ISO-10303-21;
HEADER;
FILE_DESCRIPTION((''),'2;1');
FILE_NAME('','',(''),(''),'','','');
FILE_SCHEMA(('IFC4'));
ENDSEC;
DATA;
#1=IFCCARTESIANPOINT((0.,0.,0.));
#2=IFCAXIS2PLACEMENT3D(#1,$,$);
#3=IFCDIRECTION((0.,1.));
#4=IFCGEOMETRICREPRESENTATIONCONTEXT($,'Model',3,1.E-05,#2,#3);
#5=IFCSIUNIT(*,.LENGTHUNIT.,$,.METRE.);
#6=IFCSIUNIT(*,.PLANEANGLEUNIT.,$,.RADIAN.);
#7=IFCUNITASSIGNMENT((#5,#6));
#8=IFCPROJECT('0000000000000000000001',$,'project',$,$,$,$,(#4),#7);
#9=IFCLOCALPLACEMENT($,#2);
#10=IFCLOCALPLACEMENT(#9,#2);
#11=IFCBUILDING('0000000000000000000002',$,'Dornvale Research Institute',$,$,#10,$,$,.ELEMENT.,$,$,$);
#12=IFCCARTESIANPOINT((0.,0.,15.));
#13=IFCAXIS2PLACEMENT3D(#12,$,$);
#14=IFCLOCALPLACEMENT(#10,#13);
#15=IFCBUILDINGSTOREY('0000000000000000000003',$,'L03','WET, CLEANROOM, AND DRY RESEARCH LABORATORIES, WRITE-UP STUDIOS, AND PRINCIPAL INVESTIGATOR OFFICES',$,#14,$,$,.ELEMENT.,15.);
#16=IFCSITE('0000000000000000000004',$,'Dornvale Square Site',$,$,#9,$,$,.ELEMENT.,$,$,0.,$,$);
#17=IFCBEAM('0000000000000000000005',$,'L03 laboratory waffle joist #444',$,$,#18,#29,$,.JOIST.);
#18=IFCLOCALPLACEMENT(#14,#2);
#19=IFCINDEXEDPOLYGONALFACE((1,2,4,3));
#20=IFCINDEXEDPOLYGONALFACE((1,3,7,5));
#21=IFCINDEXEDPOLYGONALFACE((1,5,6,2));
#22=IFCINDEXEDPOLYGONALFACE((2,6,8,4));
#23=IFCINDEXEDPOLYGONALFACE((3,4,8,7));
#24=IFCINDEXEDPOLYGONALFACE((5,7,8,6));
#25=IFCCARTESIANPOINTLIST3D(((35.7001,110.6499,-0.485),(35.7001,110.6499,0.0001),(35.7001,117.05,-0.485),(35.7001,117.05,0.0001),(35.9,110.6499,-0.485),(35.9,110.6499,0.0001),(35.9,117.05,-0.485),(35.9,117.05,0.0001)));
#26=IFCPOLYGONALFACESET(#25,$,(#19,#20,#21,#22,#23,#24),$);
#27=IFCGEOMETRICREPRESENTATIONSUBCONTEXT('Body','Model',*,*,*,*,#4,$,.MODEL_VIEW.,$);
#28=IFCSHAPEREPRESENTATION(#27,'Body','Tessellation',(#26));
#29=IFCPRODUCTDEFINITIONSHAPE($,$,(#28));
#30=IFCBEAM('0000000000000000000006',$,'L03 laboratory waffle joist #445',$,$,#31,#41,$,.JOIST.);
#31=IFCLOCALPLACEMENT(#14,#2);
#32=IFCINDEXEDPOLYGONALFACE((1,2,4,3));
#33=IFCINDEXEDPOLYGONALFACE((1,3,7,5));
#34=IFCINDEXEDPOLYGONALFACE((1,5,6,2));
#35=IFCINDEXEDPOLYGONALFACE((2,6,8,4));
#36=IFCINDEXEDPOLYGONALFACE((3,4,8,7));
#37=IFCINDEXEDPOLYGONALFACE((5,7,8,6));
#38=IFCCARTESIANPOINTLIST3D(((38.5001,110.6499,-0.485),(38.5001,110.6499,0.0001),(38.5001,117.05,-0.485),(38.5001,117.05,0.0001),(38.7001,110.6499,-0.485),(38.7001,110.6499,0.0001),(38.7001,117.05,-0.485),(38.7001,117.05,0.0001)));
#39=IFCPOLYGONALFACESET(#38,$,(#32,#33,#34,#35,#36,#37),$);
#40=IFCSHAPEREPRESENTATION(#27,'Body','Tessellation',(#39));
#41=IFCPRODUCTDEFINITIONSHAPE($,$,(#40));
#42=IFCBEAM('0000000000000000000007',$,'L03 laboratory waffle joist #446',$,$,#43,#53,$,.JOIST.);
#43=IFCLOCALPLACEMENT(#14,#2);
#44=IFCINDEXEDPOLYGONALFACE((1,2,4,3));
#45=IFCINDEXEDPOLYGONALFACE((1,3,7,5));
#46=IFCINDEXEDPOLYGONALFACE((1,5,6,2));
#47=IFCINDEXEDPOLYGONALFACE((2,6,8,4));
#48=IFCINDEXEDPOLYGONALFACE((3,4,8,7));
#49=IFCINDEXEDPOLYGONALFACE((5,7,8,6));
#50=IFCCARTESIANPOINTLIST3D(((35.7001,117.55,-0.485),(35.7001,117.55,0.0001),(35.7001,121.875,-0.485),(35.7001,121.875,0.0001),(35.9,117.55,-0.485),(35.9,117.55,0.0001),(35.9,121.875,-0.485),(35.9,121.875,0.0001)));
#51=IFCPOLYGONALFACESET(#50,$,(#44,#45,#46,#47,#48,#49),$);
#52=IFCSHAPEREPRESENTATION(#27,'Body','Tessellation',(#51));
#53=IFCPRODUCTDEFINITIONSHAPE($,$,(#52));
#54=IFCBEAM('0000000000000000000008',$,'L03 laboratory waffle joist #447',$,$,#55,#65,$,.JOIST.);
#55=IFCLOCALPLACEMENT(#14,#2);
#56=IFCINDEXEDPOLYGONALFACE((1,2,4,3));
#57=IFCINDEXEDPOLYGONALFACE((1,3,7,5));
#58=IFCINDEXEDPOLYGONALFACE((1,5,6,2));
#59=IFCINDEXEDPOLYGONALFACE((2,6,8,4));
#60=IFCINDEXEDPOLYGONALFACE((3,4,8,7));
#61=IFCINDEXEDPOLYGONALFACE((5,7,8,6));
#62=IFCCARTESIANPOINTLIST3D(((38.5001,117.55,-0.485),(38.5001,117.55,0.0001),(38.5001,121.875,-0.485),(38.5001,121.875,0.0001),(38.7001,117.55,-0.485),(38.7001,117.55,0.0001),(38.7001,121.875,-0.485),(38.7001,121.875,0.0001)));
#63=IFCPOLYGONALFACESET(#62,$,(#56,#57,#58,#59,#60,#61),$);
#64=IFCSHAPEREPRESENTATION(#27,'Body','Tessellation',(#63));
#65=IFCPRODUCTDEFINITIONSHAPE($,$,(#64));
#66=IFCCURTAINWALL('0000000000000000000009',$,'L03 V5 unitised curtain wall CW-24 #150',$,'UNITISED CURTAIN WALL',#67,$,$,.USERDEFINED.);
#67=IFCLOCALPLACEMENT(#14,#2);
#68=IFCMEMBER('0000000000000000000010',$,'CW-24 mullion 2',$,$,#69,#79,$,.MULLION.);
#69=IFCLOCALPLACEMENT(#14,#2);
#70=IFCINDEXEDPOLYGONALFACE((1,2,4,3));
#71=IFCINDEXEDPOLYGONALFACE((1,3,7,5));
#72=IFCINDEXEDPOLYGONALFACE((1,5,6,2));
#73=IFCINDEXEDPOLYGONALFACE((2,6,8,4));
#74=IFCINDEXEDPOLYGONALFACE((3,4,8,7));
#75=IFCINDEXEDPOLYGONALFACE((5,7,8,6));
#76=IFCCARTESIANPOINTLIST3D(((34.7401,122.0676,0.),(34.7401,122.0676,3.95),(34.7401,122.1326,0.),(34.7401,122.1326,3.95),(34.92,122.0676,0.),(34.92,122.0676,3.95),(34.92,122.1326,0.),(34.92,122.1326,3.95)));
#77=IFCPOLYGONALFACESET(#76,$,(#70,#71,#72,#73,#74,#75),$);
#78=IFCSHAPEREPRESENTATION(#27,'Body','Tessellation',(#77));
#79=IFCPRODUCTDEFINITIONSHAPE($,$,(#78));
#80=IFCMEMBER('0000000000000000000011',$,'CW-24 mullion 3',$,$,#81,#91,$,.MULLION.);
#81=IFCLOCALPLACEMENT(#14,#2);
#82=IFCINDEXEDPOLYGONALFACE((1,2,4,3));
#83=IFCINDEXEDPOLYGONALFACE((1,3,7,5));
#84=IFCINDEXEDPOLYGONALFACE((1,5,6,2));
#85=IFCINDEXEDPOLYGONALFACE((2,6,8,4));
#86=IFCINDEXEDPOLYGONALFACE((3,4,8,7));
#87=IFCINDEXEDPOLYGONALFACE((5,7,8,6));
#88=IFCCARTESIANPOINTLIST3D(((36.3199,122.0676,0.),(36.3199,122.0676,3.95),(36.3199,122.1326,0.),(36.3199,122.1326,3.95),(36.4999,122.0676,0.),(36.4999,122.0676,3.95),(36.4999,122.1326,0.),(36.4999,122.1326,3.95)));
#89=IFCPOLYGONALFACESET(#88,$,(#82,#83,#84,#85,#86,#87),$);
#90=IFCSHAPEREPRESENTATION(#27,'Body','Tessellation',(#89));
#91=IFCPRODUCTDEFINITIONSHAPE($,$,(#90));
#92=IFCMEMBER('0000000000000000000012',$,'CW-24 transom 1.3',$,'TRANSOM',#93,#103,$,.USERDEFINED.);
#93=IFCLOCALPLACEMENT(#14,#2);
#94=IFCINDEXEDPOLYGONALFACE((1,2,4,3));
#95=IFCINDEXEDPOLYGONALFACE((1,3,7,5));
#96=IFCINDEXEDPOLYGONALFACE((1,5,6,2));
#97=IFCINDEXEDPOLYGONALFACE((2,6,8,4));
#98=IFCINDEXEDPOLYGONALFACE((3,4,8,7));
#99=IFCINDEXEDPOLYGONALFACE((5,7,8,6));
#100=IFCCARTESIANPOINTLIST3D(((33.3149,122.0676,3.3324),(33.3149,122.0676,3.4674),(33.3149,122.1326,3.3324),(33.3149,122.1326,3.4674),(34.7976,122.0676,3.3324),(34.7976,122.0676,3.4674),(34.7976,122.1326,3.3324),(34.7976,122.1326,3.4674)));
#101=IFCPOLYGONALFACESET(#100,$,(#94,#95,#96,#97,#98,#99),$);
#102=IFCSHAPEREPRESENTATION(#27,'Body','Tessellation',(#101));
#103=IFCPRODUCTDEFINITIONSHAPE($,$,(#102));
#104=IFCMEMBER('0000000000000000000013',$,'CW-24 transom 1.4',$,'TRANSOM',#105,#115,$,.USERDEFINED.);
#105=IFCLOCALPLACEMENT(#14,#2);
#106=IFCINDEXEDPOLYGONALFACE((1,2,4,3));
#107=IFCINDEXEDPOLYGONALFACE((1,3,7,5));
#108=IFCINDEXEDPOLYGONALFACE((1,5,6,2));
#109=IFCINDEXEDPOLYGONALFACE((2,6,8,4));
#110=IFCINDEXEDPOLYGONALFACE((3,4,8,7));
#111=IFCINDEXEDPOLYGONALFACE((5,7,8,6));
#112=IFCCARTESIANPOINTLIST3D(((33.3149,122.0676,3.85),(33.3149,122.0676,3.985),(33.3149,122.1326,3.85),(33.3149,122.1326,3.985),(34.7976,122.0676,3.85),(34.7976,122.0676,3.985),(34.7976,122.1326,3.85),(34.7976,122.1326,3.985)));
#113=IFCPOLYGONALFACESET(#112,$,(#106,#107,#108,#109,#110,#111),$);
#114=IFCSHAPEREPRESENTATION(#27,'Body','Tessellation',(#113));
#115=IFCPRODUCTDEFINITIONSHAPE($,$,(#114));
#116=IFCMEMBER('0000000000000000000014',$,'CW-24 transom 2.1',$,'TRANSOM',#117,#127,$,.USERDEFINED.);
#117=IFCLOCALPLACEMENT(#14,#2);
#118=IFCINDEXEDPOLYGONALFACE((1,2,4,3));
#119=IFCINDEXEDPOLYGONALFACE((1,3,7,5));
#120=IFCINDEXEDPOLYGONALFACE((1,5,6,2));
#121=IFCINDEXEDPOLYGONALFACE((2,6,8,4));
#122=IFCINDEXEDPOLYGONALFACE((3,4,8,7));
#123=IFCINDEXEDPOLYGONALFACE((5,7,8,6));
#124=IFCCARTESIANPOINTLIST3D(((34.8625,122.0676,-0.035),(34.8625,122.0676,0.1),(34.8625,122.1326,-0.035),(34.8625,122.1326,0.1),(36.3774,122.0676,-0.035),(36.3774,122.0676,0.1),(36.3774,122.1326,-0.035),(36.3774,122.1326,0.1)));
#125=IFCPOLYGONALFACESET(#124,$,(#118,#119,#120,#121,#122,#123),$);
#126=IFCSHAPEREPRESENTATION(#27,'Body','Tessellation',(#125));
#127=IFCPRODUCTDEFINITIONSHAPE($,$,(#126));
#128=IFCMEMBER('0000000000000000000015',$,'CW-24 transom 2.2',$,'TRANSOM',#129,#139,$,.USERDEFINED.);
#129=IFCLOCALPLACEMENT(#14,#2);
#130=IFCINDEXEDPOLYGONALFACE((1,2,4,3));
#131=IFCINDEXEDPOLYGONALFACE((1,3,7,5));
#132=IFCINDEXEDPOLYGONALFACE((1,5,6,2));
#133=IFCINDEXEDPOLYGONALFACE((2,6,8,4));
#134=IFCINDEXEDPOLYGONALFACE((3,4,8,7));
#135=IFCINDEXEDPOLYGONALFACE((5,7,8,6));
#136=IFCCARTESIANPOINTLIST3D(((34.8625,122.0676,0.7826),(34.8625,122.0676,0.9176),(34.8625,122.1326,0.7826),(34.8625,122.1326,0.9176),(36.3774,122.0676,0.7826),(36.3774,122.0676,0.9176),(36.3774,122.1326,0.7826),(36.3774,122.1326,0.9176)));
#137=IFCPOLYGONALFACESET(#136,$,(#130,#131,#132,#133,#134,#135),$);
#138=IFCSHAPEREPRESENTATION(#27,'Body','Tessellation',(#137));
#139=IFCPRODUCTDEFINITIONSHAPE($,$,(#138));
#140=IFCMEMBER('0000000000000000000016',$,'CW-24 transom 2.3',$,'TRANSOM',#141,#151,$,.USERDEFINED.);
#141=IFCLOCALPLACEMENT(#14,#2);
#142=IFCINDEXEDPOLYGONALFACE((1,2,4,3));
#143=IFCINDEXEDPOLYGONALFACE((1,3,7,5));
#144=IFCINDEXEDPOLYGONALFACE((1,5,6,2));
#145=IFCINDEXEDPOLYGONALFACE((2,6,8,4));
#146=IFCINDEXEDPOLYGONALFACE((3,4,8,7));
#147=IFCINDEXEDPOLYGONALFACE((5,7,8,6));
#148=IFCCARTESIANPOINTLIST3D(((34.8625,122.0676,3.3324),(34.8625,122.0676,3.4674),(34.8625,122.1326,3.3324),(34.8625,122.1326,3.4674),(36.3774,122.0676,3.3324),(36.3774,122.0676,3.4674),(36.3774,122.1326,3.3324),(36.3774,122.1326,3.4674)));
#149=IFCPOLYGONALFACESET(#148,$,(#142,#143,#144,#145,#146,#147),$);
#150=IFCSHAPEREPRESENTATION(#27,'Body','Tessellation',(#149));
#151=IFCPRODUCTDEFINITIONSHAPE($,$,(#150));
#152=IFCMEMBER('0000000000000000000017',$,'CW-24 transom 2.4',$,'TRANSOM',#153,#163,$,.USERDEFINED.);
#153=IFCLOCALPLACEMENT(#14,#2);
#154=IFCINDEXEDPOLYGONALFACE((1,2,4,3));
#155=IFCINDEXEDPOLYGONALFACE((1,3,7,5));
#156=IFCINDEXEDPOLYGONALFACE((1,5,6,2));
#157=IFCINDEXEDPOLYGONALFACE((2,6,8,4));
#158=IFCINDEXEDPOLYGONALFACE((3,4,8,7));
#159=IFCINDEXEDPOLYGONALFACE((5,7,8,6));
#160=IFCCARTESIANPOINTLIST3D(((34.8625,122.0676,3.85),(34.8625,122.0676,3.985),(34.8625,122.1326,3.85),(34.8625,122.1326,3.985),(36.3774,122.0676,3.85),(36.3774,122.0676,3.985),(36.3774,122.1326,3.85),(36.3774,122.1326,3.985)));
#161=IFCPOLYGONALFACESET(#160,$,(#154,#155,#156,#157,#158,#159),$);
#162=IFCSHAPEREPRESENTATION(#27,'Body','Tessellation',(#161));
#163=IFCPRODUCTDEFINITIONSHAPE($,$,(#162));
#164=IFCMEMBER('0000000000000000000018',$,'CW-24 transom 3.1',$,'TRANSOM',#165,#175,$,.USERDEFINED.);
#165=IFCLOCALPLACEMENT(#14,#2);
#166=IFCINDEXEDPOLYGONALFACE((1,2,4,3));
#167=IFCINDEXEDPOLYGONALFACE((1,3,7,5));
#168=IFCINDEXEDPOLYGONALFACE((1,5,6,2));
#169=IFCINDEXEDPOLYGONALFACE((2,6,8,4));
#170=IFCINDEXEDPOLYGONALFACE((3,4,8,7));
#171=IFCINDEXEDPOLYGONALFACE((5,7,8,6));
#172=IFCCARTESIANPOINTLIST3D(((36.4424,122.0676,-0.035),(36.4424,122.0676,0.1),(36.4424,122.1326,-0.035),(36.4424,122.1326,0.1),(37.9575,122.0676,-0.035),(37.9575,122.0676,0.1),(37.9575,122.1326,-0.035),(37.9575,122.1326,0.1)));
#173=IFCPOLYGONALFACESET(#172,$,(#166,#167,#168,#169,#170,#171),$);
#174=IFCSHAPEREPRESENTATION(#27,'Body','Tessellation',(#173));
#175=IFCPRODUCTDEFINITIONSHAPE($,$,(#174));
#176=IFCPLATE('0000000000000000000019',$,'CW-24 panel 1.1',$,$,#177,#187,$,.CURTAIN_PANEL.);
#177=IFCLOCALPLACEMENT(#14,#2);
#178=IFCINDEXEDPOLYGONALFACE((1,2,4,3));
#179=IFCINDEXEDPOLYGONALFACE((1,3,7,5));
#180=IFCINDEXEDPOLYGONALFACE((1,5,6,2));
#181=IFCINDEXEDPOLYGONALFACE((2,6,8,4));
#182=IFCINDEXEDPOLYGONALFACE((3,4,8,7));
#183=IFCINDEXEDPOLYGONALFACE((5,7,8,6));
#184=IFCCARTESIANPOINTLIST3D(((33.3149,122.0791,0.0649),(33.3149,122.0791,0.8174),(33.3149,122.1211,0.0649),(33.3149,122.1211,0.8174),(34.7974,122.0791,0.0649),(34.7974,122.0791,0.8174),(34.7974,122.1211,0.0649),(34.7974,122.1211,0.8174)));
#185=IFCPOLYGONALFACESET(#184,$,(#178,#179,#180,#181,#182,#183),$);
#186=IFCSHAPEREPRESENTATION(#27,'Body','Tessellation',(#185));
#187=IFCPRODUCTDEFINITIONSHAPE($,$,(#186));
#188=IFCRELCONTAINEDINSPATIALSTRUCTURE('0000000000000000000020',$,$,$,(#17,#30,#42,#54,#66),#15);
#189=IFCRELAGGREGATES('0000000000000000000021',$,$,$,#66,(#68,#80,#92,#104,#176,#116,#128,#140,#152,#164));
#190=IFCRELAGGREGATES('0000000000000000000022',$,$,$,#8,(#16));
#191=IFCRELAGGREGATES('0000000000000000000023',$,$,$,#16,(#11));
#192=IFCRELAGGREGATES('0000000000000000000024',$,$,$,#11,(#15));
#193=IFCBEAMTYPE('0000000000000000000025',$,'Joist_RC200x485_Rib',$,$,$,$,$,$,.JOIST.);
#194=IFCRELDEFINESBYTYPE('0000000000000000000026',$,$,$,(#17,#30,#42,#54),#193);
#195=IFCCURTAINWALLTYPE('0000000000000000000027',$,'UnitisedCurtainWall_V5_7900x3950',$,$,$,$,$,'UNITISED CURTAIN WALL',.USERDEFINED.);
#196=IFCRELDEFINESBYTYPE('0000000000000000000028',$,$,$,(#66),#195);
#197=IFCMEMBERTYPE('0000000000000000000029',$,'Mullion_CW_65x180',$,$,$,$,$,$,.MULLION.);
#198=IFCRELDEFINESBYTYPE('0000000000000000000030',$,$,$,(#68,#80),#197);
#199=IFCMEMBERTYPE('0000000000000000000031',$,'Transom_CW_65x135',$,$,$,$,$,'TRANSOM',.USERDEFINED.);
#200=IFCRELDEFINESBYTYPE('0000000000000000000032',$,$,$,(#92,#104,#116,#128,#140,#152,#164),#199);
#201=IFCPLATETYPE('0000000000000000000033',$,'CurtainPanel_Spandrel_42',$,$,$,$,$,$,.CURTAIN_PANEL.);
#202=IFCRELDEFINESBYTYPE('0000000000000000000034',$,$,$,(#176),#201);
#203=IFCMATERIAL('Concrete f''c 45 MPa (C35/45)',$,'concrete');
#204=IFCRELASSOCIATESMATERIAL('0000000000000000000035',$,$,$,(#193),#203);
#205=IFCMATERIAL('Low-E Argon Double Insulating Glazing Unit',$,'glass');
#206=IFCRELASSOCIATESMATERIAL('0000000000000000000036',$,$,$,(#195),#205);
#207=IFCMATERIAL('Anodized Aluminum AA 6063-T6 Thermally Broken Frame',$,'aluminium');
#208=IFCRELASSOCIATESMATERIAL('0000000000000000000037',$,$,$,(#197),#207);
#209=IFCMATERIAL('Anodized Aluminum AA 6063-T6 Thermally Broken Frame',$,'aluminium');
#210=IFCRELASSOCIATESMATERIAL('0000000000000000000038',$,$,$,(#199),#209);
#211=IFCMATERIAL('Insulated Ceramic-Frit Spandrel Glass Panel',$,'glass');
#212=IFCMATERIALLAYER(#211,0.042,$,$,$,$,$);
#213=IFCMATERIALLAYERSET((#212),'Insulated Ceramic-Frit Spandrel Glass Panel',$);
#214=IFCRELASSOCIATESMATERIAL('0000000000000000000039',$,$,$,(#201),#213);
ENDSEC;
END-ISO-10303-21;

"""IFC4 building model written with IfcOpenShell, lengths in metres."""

from ifc_helpers import new_model, si_unit, direction, frame, origin, origin_2d, place, context, subcontext, project, spatial, rectangle, extrude, material, layer, layer_set, material_profile, profile_set, type_object, element, aggregate, save


model = new_model("IFC4")

# Units and contexts
model_context = context("Model", 3, precision=1e-05, world=origin(), true_north=direction((0.0, 1.0)))
body_context = subcontext(model_context, "Body", "Model", "MODEL_VIEW")
ifc_project = project(units=[si_unit("LENGTHUNIT", "METRE"), si_unit("PLANEANGLEUNIT", "RADIAN")], contexts=[model_context])

# Site, building, storey
site_placement = place(None, origin())
site = spatial("IfcSite", under=ifc_project, at=site_placement, Name="Dornvale Square Site", CompositionType="ELEMENT", RefElevation=0.0)
building_placement = place(site_placement, origin())
building = spatial("IfcBuilding", under=site, at=building_placement, Name="Dornvale Research Institute", CompositionType="ELEMENT")
storey_placement = place(building_placement, frame((0.0, 0.0, 15.0)))
storey = spatial("IfcBuildingStorey", under=building, at=storey_placement, Name="L03", Description="WET, CLEANROOM, AND DRY RESEARCH LABORATORIES, WRITE-UP STUDIOS, AND PRINCIPAL INVESTIGATOR OFFICES", CompositionType="ELEMENT", Elevation=15.0)

# Beams
ifc_material_1 = material(Name="Concrete f'c 45 MPa (C35/45)", Category="concrete")
ifc_material_profile_1 = material_profile(ifc_material_1, rectangle(XDim=0.2, YDim=0.4851, at=origin_2d()), Name="RC 200x485")
ifc_profile_set_1 = profile_set([ifc_material_profile_1], Name="Concrete f'c 45 MPa (C35/45)")
beam_type = type_object("IfcBeamType", Name="Joist_RC200x485_Rib", PredefinedType="JOIST", material=ifc_profile_set_1)
for number, where, z_axis, x_axis, name in (
    (1, (35.8, 110.6499, -0.2424), (0.0, 1.0, 0.0), (-1.0, 0.0, 0.0), "L03 laboratory waffle joist #444"),
    (2, (38.6001, 110.6499, -0.2424), (0.0, 1.0, 0.0), (-1.0, 0.0, 0.0), "L03 laboratory waffle joist #445"),
):
    element("IfcBeam", number, at=place(storey_placement, frame(where, z_axis=z_axis, x_axis=x_axis)), inside=storey, type_object=beam_type, Name=name, PredefinedType="JOIST", context=body_context, shape_type="SweptSolid", body=[
        extrude(rectangle(XDim=0.2, YDim=0.4851, at=origin_2d()), origin(), (0.0, 0.0, 1.0), 6.4001),
    ])
for number, where, z_axis, x_axis, name in (
    (3, (35.8, 117.55, -0.2424), (0.0, 1.0, 0.0), (-1.0, 0.0, 0.0), "L03 laboratory waffle joist #446"),
    (4, (38.6001, 117.55, -0.2424), (0.0, 1.0, 0.0), (-1.0, 0.0, 0.0), "L03 laboratory waffle joist #447"),
):
    element("IfcBeam", number, at=place(storey_placement, frame(where, z_axis=z_axis, x_axis=x_axis)), inside=storey, type_object=beam_type, Name=name, PredefinedType="JOIST", context=body_context, shape_type="SweptSolid", body=[
        extrude(rectangle(XDim=0.2, YDim=0.4851, at=origin_2d()), origin(), (0.0, 0.0, 1.0), 4.325),
    ])

# Curtain wall, members, plate
ifc_material_2 = material(Name="Low-E Argon Double Insulating Glazing Unit", Category="glass")
curtain_wall_type = type_object("IfcCurtainWallType", Name="UnitisedCurtainWall_V5_7900x3950", ElementType="UNITISED CURTAIN WALL", PredefinedType="USERDEFINED", material=ifc_material_2)
curtain_wall_placement = place(storey_placement, origin())
curtain_wall = element("IfcCurtainWall", 5, at=curtain_wall_placement, inside=storey, type_object=curtain_wall_type, Name="L03 V5 unitised curtain wall CW-24 #150", ObjectType="UNITISED CURTAIN WALL", PredefinedType="USERDEFINED")
ifc_material_3 = material(Name="Anodized Aluminum AA 6063-T6 Thermally Broken Frame", Category="aluminium")
ifc_material_profile_2 = material_profile(ifc_material_3, rectangle(XDim=0.0649, YDim=0.1799, at=origin_2d()), Name="ALU MULLION 65x180")
ifc_profile_set_2 = profile_set([ifc_material_profile_2], Name="Anodized Aluminum AA 6063-T6 Thermally Broken Frame")
member_type_1 = type_object("IfcMemberType", Name="Mullion_CW_65x180", PredefinedType="MULLION", material=ifc_profile_set_2)
member_1_placement = place(storey_placement, frame((34.8301, 122.1001, 0.0), z_axis=(0.0, 0.0, 1.0), x_axis=(0.0, 1.0, 0.0)))
member_1 = element("IfcMember", 6, at=member_1_placement, type_object=member_type_1, Name="CW-24 mullion 2", PredefinedType="MULLION", context=body_context, shape_type="SweptSolid", body=[
    extrude(rectangle(XDim=0.0649, YDim=0.1799, at=origin_2d()), origin(), (0.0, 0.0, 1.0), 3.95),
])
member_2_placement = place(storey_placement, frame((36.4099, 122.1001, 0.0), z_axis=(0.0, 0.0, 1.0), x_axis=(0.0, 1.0, 0.0)))
member_2 = element("IfcMember", 7, at=member_2_placement, type_object=member_type_1, Name="CW-24 mullion 3", PredefinedType="MULLION", context=body_context, shape_type="SweptSolid", body=[
    extrude(rectangle(XDim=0.0649, YDim=0.1799, at=origin_2d()), origin(), (0.0, 0.0, 1.0), 3.95),
])
ifc_material_4 = material(Name="Anodized Aluminum AA 6063-T6 Thermally Broken Frame", Category="aluminium")
ifc_material_profile_3 = material_profile(ifc_material_4, rectangle(XDim=0.0649, YDim=0.135, at=origin_2d()), Name="ALU TRANSOM 65x135")
ifc_profile_set_3 = profile_set([ifc_material_profile_3], Name="Anodized Aluminum AA 6063-T6 Thermally Broken Frame")
member_type_2 = type_object("IfcMemberType", Name="Transom_CW_65x135", ElementType="TRANSOM", PredefinedType="USERDEFINED", material=ifc_profile_set_3)
member_3_placement = place(storey_placement, frame((33.3149, 122.1001, 3.3999), z_axis=(1.0, 0.0, 0.0), x_axis=(0.0, 1.0, 0.0)))
member_3 = element("IfcMember", 8, at=member_3_placement, type_object=member_type_2, Name="CW-24 transom 1.3", ObjectType="TRANSOM", PredefinedType="USERDEFINED", context=body_context, shape_type="SweptSolid", body=[
    extrude(rectangle(XDim=0.0649, YDim=0.135, at=origin_2d()), origin(), (0.0, 0.0, 1.0), 1.4827),
])
member_4_placement = place(storey_placement, frame((33.3149, 122.1001, 3.9175), z_axis=(1.0, 0.0, 0.0), x_axis=(0.0, 1.0, 0.0)))
member_4 = element("IfcMember", 9, at=member_4_placement, type_object=member_type_2, Name="CW-24 transom 1.4", ObjectType="TRANSOM", PredefinedType="USERDEFINED", context=body_context, shape_type="SweptSolid", body=[
    extrude(rectangle(XDim=0.0649, YDim=0.135, at=origin_2d()), origin(), (0.0, 0.0, 1.0), 1.4827),
])
member_5_placement = place(storey_placement, frame((34.8625, 122.1001, 0.0325), z_axis=(1.0, 0.0, 0.0), x_axis=(0.0, 1.0, 0.0)))
member_5 = element("IfcMember", 10, at=member_5_placement, type_object=member_type_2, Name="CW-24 transom 2.1", ObjectType="TRANSOM", PredefinedType="USERDEFINED", context=body_context, shape_type="SweptSolid", body=[
    extrude(rectangle(XDim=0.0649, YDim=0.135, at=origin_2d()), origin(), (0.0, 0.0, 1.0), 1.5149),
])
member_6_placement = place(storey_placement, frame((34.8625, 122.1001, 0.8501), z_axis=(1.0, 0.0, 0.0), x_axis=(0.0, 1.0, 0.0)))
member_6 = element("IfcMember", 11, at=member_6_placement, type_object=member_type_2, Name="CW-24 transom 2.2", ObjectType="TRANSOM", PredefinedType="USERDEFINED", context=body_context, shape_type="SweptSolid", body=[
    extrude(rectangle(XDim=0.0649, YDim=0.135, at=origin_2d()), origin(), (0.0, 0.0, 1.0), 1.5149),
])
member_7_placement = place(storey_placement, frame((34.8625, 122.1001, 3.3999), z_axis=(1.0, 0.0, 0.0), x_axis=(0.0, 1.0, 0.0)))
member_7 = element("IfcMember", 12, at=member_7_placement, type_object=member_type_2, Name="CW-24 transom 2.3", ObjectType="TRANSOM", PredefinedType="USERDEFINED", context=body_context, shape_type="SweptSolid", body=[
    extrude(rectangle(XDim=0.0649, YDim=0.135, at=origin_2d()), origin(), (0.0, 0.0, 1.0), 1.5149),
])
member_8_placement = place(storey_placement, frame((34.8625, 122.1001, 3.9175), z_axis=(1.0, 0.0, 0.0), x_axis=(0.0, 1.0, 0.0)))
member_8 = element("IfcMember", 13, at=member_8_placement, type_object=member_type_2, Name="CW-24 transom 2.4", ObjectType="TRANSOM", PredefinedType="USERDEFINED", context=body_context, shape_type="SweptSolid", body=[
    extrude(rectangle(XDim=0.0649, YDim=0.135, at=origin_2d()), origin(), (0.0, 0.0, 1.0), 1.5149),
])
member_9_placement = place(storey_placement, frame((36.4424, 122.1001, 0.0325), z_axis=(1.0, 0.0, 0.0), x_axis=(0.0, 1.0, 0.0)))
member_9 = element("IfcMember", 14, at=member_9_placement, type_object=member_type_2, Name="CW-24 transom 3.1", ObjectType="TRANSOM", PredefinedType="USERDEFINED", context=body_context, shape_type="SweptSolid", body=[
    extrude(rectangle(XDim=0.0649, YDim=0.135, at=origin_2d()), origin(), (0.0, 0.0, 1.0), 1.5151),
])
ifc_material_5 = material(Name="Insulated Ceramic-Frit Spandrel Glass Panel", Category="glass")
ifc_layer_1 = layer(ifc_material_5, 0.042)
ifc_layer_set_1 = layer_set([ifc_layer_1], Name="Insulated Ceramic-Frit Spandrel Glass Panel")
plate_type_1 = type_object("IfcPlateType", Name="CurtainPanel_Spandrel_42", PredefinedType="CURTAIN_PANEL", material=ifc_layer_set_1)
plate_1_placement = place(storey_placement, frame((34.0562, 122.1001, 0.0649), z_axis=(0.0, 0.0, 1.0), x_axis=(1.0, 0.0, 0.0)))
plate_1 = element("IfcPlate", 15, at=plate_1_placement, type_object=plate_type_1, Name="CW-24 panel 1.1", PredefinedType="CURTAIN_PANEL", context=body_context, shape_type="SweptSolid", body=[
    extrude(rectangle(XDim=1.4824, YDim=0.042, at=origin_2d()), origin(), (0.0, 0.0, 1.0), 0.7524),
])
aggregate(curtain_wall, [member_1, member_2, member_3, member_4, plate_1, member_5, member_6, member_7, member_8, member_9])

save(model, "model.ifc")
